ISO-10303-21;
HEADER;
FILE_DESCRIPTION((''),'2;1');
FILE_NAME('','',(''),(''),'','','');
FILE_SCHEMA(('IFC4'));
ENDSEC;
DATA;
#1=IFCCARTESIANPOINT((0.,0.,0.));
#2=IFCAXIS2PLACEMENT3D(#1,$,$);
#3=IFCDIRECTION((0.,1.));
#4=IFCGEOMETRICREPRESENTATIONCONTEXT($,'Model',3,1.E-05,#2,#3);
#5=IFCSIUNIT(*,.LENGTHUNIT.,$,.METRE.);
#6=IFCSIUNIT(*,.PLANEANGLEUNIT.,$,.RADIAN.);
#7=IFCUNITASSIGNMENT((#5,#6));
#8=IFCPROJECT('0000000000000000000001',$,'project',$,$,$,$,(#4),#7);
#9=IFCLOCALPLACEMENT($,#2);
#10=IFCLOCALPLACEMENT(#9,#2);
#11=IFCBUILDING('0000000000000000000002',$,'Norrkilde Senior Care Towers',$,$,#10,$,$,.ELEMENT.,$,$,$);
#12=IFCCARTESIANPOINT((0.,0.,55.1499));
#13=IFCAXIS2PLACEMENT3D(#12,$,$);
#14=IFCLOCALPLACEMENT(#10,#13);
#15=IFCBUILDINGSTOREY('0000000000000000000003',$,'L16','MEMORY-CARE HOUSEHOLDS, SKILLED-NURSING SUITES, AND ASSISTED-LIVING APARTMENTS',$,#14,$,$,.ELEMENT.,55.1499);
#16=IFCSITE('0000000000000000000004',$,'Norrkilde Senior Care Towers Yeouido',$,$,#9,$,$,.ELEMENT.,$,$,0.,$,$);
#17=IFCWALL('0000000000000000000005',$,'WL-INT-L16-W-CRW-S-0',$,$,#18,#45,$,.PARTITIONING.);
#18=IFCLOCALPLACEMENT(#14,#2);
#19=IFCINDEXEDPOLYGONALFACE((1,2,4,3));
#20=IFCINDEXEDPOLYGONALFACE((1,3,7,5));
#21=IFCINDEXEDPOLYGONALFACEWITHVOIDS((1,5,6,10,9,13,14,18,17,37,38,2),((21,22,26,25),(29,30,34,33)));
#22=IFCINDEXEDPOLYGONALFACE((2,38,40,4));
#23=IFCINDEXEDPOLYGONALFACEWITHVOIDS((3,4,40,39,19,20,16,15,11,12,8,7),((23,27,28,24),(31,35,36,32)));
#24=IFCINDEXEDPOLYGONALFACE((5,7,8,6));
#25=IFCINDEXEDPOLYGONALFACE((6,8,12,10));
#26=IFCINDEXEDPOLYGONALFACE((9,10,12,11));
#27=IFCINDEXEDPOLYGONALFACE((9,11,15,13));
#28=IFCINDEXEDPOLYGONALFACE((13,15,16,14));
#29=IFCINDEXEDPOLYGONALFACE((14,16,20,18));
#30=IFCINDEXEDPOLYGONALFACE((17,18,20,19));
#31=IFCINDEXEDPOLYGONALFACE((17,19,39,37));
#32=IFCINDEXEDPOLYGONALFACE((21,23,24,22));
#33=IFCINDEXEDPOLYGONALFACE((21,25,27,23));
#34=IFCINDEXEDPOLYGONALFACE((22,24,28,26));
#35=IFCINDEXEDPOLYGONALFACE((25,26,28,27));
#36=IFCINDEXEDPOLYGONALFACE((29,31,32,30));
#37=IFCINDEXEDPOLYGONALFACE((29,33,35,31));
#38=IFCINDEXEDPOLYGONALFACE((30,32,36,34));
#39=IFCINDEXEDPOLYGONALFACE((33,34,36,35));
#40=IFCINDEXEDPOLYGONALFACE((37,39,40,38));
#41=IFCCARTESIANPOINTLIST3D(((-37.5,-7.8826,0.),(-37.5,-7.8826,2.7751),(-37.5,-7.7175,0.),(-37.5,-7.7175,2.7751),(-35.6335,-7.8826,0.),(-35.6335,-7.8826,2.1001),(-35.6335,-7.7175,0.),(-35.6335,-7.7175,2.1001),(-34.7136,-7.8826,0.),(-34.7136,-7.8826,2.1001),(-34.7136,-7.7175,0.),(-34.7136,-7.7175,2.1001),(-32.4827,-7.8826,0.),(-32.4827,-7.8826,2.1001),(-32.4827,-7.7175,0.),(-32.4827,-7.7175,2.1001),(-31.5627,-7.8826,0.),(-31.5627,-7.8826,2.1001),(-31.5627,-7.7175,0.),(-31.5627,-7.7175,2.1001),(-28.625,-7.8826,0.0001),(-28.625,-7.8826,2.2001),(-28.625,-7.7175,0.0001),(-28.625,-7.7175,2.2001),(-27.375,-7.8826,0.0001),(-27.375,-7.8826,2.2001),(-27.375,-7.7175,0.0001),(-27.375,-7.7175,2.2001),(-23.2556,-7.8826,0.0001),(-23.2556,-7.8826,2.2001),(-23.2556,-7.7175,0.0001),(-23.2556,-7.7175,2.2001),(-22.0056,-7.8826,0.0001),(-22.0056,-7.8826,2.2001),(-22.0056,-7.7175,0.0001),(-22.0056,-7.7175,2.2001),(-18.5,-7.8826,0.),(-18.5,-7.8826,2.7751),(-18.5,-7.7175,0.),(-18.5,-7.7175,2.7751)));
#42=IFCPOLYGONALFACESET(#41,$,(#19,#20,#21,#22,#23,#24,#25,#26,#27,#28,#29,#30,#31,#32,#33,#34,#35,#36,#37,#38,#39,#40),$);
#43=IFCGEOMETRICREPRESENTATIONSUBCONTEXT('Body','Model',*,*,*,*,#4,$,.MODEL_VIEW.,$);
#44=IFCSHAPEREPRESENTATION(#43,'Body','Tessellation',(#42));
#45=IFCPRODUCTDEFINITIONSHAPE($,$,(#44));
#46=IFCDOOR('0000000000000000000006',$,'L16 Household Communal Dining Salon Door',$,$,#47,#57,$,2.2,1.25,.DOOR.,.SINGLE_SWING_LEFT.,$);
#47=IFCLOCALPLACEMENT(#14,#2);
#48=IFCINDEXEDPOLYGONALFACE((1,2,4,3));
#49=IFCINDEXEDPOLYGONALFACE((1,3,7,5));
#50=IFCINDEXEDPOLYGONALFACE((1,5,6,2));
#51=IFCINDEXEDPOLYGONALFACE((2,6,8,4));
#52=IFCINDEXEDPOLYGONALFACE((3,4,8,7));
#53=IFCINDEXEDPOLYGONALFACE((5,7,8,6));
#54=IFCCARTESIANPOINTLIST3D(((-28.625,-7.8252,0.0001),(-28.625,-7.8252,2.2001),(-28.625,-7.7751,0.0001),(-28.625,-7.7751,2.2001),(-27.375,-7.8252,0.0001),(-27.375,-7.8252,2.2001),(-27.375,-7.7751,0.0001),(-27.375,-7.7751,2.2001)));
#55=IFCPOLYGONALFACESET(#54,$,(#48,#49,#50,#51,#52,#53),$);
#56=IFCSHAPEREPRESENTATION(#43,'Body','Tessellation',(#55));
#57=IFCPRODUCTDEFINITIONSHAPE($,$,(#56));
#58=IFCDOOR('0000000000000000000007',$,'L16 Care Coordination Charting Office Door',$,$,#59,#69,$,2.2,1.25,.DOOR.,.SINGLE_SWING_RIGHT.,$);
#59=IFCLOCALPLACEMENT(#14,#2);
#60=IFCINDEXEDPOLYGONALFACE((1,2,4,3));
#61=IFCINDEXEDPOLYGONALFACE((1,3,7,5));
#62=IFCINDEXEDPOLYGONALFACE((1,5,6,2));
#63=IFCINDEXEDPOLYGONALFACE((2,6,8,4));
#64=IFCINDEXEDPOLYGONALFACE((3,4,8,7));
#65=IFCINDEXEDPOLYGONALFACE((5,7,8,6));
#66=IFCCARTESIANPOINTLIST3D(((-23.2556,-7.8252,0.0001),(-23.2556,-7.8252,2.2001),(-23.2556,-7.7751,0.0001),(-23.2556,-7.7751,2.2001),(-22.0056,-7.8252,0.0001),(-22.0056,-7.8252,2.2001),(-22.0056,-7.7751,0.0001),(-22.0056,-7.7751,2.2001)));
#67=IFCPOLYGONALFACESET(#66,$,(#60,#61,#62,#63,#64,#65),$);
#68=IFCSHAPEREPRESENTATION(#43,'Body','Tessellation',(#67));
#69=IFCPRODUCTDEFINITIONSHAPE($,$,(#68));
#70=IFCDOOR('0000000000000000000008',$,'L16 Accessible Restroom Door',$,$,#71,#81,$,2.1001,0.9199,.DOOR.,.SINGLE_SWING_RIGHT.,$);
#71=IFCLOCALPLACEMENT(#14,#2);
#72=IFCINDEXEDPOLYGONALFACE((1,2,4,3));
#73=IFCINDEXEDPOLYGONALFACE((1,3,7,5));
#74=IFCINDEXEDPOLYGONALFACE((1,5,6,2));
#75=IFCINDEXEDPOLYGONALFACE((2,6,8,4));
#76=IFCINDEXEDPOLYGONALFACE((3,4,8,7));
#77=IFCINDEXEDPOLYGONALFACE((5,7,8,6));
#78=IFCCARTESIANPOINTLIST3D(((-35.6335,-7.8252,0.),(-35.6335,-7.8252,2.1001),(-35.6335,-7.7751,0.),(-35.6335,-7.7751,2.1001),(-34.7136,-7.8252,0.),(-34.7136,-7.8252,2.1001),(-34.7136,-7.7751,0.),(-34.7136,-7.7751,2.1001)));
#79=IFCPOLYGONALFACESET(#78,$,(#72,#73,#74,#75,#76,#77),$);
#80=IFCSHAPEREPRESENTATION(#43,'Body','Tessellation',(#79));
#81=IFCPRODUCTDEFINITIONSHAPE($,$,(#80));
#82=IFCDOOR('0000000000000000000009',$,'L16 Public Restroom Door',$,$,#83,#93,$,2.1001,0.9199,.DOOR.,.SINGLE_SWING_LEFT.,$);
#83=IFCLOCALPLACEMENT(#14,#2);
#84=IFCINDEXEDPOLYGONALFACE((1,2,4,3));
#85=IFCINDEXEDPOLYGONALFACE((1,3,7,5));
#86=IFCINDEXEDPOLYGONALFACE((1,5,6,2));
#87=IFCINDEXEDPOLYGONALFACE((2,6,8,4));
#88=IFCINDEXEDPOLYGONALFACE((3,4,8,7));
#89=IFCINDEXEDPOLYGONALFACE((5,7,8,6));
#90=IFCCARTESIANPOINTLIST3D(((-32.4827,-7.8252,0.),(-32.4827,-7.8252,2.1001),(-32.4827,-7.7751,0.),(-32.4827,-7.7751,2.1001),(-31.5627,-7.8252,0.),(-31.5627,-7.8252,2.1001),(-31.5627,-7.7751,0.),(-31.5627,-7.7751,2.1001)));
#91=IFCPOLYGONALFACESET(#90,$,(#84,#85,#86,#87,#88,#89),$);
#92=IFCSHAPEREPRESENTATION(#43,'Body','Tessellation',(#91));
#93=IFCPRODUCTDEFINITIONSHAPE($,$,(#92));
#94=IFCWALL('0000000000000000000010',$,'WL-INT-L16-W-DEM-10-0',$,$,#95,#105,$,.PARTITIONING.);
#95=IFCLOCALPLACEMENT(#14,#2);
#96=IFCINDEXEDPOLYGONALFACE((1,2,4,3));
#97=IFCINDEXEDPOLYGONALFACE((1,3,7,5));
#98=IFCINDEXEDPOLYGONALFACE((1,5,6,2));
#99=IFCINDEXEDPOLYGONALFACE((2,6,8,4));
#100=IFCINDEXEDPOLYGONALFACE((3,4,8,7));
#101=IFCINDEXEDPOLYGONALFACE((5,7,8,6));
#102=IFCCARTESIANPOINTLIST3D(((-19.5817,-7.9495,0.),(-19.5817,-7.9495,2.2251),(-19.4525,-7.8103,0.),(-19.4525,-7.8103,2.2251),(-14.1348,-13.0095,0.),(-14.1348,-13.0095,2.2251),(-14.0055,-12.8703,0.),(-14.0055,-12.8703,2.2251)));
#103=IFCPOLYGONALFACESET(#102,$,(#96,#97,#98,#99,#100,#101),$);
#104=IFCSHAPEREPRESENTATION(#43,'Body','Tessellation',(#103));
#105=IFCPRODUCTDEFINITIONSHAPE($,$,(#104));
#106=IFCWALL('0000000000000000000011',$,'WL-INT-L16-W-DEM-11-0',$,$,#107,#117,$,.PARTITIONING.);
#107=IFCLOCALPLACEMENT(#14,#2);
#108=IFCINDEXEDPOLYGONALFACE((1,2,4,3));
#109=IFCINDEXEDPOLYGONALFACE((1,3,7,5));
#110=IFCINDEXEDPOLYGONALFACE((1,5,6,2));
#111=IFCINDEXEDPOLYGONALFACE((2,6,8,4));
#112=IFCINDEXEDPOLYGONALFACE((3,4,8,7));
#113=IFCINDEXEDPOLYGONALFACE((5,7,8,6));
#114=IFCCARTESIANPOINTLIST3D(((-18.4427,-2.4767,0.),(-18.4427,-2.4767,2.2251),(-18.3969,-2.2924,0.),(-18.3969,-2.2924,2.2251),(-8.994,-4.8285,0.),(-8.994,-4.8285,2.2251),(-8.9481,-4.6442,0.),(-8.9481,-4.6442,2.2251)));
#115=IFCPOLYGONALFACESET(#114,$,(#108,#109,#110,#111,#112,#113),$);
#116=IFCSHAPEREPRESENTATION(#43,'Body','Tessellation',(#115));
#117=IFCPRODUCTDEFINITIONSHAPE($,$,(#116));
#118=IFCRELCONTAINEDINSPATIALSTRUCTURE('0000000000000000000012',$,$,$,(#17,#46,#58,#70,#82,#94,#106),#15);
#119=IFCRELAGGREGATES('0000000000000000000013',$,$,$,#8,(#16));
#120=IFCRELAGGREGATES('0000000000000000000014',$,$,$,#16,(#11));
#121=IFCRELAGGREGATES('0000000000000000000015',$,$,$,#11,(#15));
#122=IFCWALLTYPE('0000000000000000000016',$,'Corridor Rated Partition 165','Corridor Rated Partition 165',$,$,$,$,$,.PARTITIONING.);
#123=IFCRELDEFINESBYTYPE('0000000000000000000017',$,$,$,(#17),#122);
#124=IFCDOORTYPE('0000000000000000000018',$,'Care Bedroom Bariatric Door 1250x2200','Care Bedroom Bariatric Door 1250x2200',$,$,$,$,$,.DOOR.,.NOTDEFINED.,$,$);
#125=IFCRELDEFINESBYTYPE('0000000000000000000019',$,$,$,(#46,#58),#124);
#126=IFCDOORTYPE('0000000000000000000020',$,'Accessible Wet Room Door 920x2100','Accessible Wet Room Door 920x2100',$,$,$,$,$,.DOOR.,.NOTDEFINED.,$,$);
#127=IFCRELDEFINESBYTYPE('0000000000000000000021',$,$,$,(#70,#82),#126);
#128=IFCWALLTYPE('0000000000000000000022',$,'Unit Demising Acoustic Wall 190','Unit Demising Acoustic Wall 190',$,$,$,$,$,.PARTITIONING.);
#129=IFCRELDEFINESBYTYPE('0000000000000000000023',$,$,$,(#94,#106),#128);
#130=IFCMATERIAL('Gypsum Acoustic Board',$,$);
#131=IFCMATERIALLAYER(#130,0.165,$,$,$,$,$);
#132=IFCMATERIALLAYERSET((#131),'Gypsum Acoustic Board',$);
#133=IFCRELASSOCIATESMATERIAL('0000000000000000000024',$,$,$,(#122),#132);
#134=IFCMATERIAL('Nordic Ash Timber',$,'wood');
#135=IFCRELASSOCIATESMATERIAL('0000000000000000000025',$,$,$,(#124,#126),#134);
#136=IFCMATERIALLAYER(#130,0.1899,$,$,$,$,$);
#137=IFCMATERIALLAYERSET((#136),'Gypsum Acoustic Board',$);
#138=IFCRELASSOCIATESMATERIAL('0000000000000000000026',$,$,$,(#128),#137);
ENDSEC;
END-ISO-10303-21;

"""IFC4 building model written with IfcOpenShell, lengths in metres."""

from ifc_helpers import new_model, si_unit, direction, frame, frame_2d, origin, place, context, subcontext, project, spatial, rectangle, extrude, source, transform, mapped, material, layer, layer_set, type_object, type_shapes, element, fill, save


model = new_model("IFC4")

# Units and contexts
model_context = context("Model", 3, precision=1e-05, world=origin(), true_north=direction((0.0, 1.0)))
body_context = subcontext(model_context, "Body", "Model", "MODEL_VIEW")
ifc_project = project(units=[si_unit("LENGTHUNIT", "METRE"), si_unit("PLANEANGLEUNIT", "RADIAN")], contexts=[model_context])

# Site, building, storey
site_placement = place(None, origin())
site = spatial("IfcSite", under=ifc_project, at=site_placement, Name="Norrkilde Senior Care Towers Yeouido", CompositionType="ELEMENT", RefElevation=0.0)
building_placement = place(site_placement, origin())
building = spatial("IfcBuilding", under=site, at=building_placement, Name="Norrkilde Senior Care Towers", CompositionType="ELEMENT")
storey_placement = place(building_placement, frame((0.0, 0.0, 55.1499)))
storey = spatial("IfcBuildingStorey", under=building, at=storey_placement, Name="L16", Description="MEMORY-CARE HOUSEHOLDS, SKILLED-NURSING SUITES, AND ASSISTED-LIVING APARTMENTS", CompositionType="ELEMENT", Elevation=55.1499)

# Wall, openings, doors
ifc_material_1 = material(Name="Gypsum Acoustic Board")
ifc_layer_1 = layer(ifc_material_1, 0.165)
ifc_layer_set_1 = layer_set([ifc_layer_1], Name="Gypsum Acoustic Board")
wall_type_1 = type_object("IfcWallType", Name="Corridor Rated Partition 165", Description="Corridor Rated Partition 165", PredefinedType="PARTITIONING", material=ifc_layer_set_1)
shared_shape_1 = source(origin(), body_context, "Body", "SweptSolid", [
    extrude(rectangle(XDim=19.0, YDim=0.165, at=frame_2d((9.5, 0.0))), origin(), (0.0, 0.0, 1.0), 2.7751),
])
type_shapes(wall_type_1, [shared_shape_1])
wall_1_placement = place(storey_placement, frame((-18.5, -7.8, 0.0), z_axis=(0.0, 0.0, 1.0), x_axis=(-1.0, 0.0, 0.0)))
wall_1 = element("IfcWall", 1, at=wall_1_placement, inside=storey, type_object=wall_type_1, Name="WL-INT-L16-W-CRW-S-0", PredefinedType="PARTITIONING", context=body_context, shape_type="MappedRepresentation", body=[
    mapped(shared_shape_1, transform((0.0, 0.0, 0.0), x_axis=(1.0, 0.0, 0.0), y_axis=(0.0, 1.0, 0.0), z_axis=(0.0, 0.0, 1.0), scale=1.0)),
])
opening_1_placement = place(wall_1_placement, frame((16.2136, 0.0, 0.0)))
opening_1 = element("IfcOpeningElement", 2, at=opening_1_placement, cuts=wall_1, PredefinedType="OPENING", context=body_context, shape_type="SweptSolid", body=[
    extrude(rectangle(XDim=0.9199, YDim=2.1001, at=frame_2d((0.46, 1.05))), frame((0.0, 0.0925, 0.0), z_axis=(0.0, -1.0, 0.0), x_axis=(1.0, 0.0, 0.0)), (0.0, 0.0, 1.0), 0.1851),
])
opening_2_placement = place(wall_1_placement, frame((13.0627, 0.0, 0.0)))
opening_2 = element("IfcOpeningElement", 3, at=opening_2_placement, cuts=wall_1, PredefinedType="OPENING", context=body_context, shape_type="SweptSolid", body=[
    extrude(rectangle(XDim=0.9199, YDim=2.1001, at=frame_2d((0.46, 1.05))), frame((0.0, 0.0925, 0.0), z_axis=(0.0, -1.0, 0.0), x_axis=(1.0, 0.0, 0.0)), (0.0, 0.0, 1.0), 0.1851),
])
opening_3_placement = place(wall_1_placement, frame((8.875, 0.0, 0.0)))
opening_3 = element("IfcOpeningElement", 4, at=opening_3_placement, cuts=wall_1, PredefinedType="OPENING", context=body_context, shape_type="SweptSolid", body=[
    extrude(rectangle(XDim=1.25, YDim=2.2, at=frame_2d((0.625, 1.1001))), frame((0.0, 0.0925, 0.0), z_axis=(0.0, -1.0, 0.0), x_axis=(1.0, 0.0, 0.0)), (0.0, 0.0, 1.0), 0.1851),
])
opening_4_placement = place(wall_1_placement, frame((3.5056, 0.0, 0.0)))
opening_4 = element("IfcOpeningElement", 5, at=opening_4_placement, cuts=wall_1, PredefinedType="OPENING", context=body_context, shape_type="SweptSolid", body=[
    extrude(rectangle(XDim=1.25, YDim=2.2, at=frame_2d((0.625, 1.1001))), frame((0.0, 0.0925, 0.0), z_axis=(0.0, -1.0, 0.0), x_axis=(1.0, 0.0, 0.0)), (0.0, 0.0, 1.0), 0.1851),
])
ifc_material_2 = material(Name="Nordic Ash Timber", Category="wood")
door_type_1 = type_object("IfcDoorType", Name="Care Bedroom Bariatric Door 1250x2200", Description="Care Bedroom Bariatric Door 1250x2200", OperationType="NOTDEFINED", PredefinedType="DOOR", material=ifc_material_2)
shared_shape_2 = source(origin(), body_context, "Body", "SweptSolid", [
    extrude(rectangle(XDim=1.25, YDim=2.2, at=frame_2d((0.625, 1.1001))), frame((0.0, 0.0249, 0.0), z_axis=(0.0, -1.0, 0.0), x_axis=(1.0, 0.0, 0.0)), (0.0, 0.0, 1.0), 0.05),
])
type_shapes(door_type_1, [shared_shape_2])
door_1_placement = place(opening_3_placement, frame((1.25, 0.0, 0.0), z_axis=(0.0, 0.0, 1.0), x_axis=(-1.0, 0.0, 0.0)))
door_1 = element("IfcDoor", 6, at=door_1_placement, inside=storey, type_object=door_type_1, Name="L16 Household Communal Dining Salon Door", OperationType="SINGLE_SWING_LEFT", OverallHeight=2.2, OverallWidth=1.25, PredefinedType="DOOR", context=body_context, shape_type="MappedRepresentation", body=[
    mapped(shared_shape_2, transform((0.0, 0.0, 0.0), x_axis=(1.0, 0.0, 0.0), y_axis=(0.0, 1.0, 0.0), z_axis=(0.0, 0.0, 1.0), scale=1.0)),
])
fill(opening_3, door_1)
door_2_placement = place(opening_4_placement, frame((1.25, 0.0, 0.0), z_axis=(0.0, 0.0, 1.0), x_axis=(-1.0, 0.0, 0.0)))
door_2 = element("IfcDoor", 7, at=door_2_placement, inside=storey, type_object=door_type_1, Name="L16 Care Coordination Charting Office Door", OperationType="SINGLE_SWING_RIGHT", OverallHeight=2.2, OverallWidth=1.25, PredefinedType="DOOR", context=body_context, shape_type="MappedRepresentation", body=[
    mapped(shared_shape_2, transform((0.0, 0.0, 0.0), x_axis=(1.0, 0.0, 0.0), y_axis=(0.0, 1.0, 0.0), z_axis=(0.0, 0.0, 1.0), scale=1.0)),
])
fill(opening_4, door_2)
door_type_2 = type_object("IfcDoorType", Name="Accessible Wet Room Door 920x2100", Description="Accessible Wet Room Door 920x2100", OperationType="NOTDEFINED", PredefinedType="DOOR", material=ifc_material_2)
shared_shape_3 = source(origin(), body_context, "Body", "SweptSolid", [
    extrude(rectangle(XDim=0.9199, YDim=2.1001, at=frame_2d((0.46, 1.05))), frame((0.0, 0.0249, 0.0), z_axis=(0.0, -1.0, 0.0), x_axis=(1.0, 0.0, 0.0)), (0.0, 0.0, 1.0), 0.05),
])
type_shapes(door_type_2, [shared_shape_3])
door_3_placement = place(opening_1_placement, frame((0.9199, 0.0, 0.0), z_axis=(0.0, 0.0, 1.0), x_axis=(-1.0, 0.0, 0.0)))
door_3 = element("IfcDoor", 8, at=door_3_placement, inside=storey, type_object=door_type_2, Name="L16 Accessible Restroom Door", OperationType="SINGLE_SWING_RIGHT", OverallHeight=2.1001, OverallWidth=0.9199, PredefinedType="DOOR", context=body_context, shape_type="MappedRepresentation", body=[
    mapped(shared_shape_3, transform((0.0, 0.0, 0.0), x_axis=(1.0, 0.0, 0.0), y_axis=(0.0, 1.0, 0.0), z_axis=(0.0, 0.0, 1.0), scale=1.0)),
])
fill(opening_1, door_3)
door_4_placement = place(opening_2_placement, frame((0.9199, 0.0, 0.0), z_axis=(0.0, 0.0, 1.0), x_axis=(-1.0, 0.0, 0.0)))
door_4 = element("IfcDoor", 9, at=door_4_placement, inside=storey, type_object=door_type_2, Name="L16 Public Restroom Door", OperationType="SINGLE_SWING_LEFT", OverallHeight=2.1001, OverallWidth=0.9199, PredefinedType="DOOR", context=body_context, shape_type="MappedRepresentation", body=[
    mapped(shared_shape_3, transform((0.0, 0.0, 0.0), x_axis=(1.0, 0.0, 0.0), y_axis=(0.0, 1.0, 0.0), z_axis=(0.0, 0.0, 1.0), scale=1.0)),
])
fill(opening_2, door_4)

# Walls
ifc_layer_2 = layer(ifc_material_1, 0.1899)
ifc_layer_set_2 = layer_set([ifc_layer_2], Name="Gypsum Acoustic Board")
wall_type_2 = type_object("IfcWallType", Name="Unit Demising Acoustic Wall 190", Description="Unit Demising Acoustic Wall 190", PredefinedType="PARTITIONING", material=ifc_layer_set_2)
shared_shape_4 = source(origin(), body_context, "Body", "SweptSolid", [
    extrude(rectangle(XDim=7.4346, YDim=0.1899, at=frame_2d((3.7173, 0.0))), origin(), (0.0, 0.0, 1.0), 2.2251),
])
wall_2_placement = place(storey_placement, frame((-19.5171, -7.8799, 0.0), z_axis=(0.0, 0.0, 1.0), x_axis=(0.732652, -0.680603, 0.0)))
element("IfcWall", 10, at=wall_2_placement, inside=storey, type_object=wall_type_2, Name="WL-INT-L16-W-DEM-10-0", PredefinedType="PARTITIONING", context=body_context, shape_type="MappedRepresentation", body=[
    mapped(shared_shape_4, transform((0.0, 0.0, 0.0), x_axis=(1.0, 0.0, 0.0), y_axis=(0.0, 1.0, 0.0), z_axis=(0.0, 0.0, 1.0), scale=1.0)),
])
shared_shape_5 = source(origin(), body_context, "Body", "SweptSolid", [
    extrude(rectangle(XDim=9.7371, YDim=0.1899, at=frame_2d((4.8687, 0.0))), origin(), (0.0, 0.0, 1.0), 2.2251),
])
type_shapes(wall_type_2, [shared_shape_4, shared_shape_5])
wall_3_placement = place(storey_placement, frame((-18.4199, -2.3845, 0.0), z_axis=(0.0, 0.0, 1.0), x_axis=(0.970393, -0.241533, 0.0)))
element("IfcWall", 11, at=wall_3_placement, inside=storey, type_object=wall_type_2, Name="WL-INT-L16-W-DEM-11-0", PredefinedType="PARTITIONING", context=body_context, shape_type="MappedRepresentation", body=[
    mapped(shared_shape_5, transform((0.0, 0.0, 0.0), x_axis=(1.0, 0.0, 0.0), y_axis=(0.0, 1.0, 0.0), z_axis=(0.0, 0.0, 1.0), scale=1.0)),
])

save(model, "model.ifc")
